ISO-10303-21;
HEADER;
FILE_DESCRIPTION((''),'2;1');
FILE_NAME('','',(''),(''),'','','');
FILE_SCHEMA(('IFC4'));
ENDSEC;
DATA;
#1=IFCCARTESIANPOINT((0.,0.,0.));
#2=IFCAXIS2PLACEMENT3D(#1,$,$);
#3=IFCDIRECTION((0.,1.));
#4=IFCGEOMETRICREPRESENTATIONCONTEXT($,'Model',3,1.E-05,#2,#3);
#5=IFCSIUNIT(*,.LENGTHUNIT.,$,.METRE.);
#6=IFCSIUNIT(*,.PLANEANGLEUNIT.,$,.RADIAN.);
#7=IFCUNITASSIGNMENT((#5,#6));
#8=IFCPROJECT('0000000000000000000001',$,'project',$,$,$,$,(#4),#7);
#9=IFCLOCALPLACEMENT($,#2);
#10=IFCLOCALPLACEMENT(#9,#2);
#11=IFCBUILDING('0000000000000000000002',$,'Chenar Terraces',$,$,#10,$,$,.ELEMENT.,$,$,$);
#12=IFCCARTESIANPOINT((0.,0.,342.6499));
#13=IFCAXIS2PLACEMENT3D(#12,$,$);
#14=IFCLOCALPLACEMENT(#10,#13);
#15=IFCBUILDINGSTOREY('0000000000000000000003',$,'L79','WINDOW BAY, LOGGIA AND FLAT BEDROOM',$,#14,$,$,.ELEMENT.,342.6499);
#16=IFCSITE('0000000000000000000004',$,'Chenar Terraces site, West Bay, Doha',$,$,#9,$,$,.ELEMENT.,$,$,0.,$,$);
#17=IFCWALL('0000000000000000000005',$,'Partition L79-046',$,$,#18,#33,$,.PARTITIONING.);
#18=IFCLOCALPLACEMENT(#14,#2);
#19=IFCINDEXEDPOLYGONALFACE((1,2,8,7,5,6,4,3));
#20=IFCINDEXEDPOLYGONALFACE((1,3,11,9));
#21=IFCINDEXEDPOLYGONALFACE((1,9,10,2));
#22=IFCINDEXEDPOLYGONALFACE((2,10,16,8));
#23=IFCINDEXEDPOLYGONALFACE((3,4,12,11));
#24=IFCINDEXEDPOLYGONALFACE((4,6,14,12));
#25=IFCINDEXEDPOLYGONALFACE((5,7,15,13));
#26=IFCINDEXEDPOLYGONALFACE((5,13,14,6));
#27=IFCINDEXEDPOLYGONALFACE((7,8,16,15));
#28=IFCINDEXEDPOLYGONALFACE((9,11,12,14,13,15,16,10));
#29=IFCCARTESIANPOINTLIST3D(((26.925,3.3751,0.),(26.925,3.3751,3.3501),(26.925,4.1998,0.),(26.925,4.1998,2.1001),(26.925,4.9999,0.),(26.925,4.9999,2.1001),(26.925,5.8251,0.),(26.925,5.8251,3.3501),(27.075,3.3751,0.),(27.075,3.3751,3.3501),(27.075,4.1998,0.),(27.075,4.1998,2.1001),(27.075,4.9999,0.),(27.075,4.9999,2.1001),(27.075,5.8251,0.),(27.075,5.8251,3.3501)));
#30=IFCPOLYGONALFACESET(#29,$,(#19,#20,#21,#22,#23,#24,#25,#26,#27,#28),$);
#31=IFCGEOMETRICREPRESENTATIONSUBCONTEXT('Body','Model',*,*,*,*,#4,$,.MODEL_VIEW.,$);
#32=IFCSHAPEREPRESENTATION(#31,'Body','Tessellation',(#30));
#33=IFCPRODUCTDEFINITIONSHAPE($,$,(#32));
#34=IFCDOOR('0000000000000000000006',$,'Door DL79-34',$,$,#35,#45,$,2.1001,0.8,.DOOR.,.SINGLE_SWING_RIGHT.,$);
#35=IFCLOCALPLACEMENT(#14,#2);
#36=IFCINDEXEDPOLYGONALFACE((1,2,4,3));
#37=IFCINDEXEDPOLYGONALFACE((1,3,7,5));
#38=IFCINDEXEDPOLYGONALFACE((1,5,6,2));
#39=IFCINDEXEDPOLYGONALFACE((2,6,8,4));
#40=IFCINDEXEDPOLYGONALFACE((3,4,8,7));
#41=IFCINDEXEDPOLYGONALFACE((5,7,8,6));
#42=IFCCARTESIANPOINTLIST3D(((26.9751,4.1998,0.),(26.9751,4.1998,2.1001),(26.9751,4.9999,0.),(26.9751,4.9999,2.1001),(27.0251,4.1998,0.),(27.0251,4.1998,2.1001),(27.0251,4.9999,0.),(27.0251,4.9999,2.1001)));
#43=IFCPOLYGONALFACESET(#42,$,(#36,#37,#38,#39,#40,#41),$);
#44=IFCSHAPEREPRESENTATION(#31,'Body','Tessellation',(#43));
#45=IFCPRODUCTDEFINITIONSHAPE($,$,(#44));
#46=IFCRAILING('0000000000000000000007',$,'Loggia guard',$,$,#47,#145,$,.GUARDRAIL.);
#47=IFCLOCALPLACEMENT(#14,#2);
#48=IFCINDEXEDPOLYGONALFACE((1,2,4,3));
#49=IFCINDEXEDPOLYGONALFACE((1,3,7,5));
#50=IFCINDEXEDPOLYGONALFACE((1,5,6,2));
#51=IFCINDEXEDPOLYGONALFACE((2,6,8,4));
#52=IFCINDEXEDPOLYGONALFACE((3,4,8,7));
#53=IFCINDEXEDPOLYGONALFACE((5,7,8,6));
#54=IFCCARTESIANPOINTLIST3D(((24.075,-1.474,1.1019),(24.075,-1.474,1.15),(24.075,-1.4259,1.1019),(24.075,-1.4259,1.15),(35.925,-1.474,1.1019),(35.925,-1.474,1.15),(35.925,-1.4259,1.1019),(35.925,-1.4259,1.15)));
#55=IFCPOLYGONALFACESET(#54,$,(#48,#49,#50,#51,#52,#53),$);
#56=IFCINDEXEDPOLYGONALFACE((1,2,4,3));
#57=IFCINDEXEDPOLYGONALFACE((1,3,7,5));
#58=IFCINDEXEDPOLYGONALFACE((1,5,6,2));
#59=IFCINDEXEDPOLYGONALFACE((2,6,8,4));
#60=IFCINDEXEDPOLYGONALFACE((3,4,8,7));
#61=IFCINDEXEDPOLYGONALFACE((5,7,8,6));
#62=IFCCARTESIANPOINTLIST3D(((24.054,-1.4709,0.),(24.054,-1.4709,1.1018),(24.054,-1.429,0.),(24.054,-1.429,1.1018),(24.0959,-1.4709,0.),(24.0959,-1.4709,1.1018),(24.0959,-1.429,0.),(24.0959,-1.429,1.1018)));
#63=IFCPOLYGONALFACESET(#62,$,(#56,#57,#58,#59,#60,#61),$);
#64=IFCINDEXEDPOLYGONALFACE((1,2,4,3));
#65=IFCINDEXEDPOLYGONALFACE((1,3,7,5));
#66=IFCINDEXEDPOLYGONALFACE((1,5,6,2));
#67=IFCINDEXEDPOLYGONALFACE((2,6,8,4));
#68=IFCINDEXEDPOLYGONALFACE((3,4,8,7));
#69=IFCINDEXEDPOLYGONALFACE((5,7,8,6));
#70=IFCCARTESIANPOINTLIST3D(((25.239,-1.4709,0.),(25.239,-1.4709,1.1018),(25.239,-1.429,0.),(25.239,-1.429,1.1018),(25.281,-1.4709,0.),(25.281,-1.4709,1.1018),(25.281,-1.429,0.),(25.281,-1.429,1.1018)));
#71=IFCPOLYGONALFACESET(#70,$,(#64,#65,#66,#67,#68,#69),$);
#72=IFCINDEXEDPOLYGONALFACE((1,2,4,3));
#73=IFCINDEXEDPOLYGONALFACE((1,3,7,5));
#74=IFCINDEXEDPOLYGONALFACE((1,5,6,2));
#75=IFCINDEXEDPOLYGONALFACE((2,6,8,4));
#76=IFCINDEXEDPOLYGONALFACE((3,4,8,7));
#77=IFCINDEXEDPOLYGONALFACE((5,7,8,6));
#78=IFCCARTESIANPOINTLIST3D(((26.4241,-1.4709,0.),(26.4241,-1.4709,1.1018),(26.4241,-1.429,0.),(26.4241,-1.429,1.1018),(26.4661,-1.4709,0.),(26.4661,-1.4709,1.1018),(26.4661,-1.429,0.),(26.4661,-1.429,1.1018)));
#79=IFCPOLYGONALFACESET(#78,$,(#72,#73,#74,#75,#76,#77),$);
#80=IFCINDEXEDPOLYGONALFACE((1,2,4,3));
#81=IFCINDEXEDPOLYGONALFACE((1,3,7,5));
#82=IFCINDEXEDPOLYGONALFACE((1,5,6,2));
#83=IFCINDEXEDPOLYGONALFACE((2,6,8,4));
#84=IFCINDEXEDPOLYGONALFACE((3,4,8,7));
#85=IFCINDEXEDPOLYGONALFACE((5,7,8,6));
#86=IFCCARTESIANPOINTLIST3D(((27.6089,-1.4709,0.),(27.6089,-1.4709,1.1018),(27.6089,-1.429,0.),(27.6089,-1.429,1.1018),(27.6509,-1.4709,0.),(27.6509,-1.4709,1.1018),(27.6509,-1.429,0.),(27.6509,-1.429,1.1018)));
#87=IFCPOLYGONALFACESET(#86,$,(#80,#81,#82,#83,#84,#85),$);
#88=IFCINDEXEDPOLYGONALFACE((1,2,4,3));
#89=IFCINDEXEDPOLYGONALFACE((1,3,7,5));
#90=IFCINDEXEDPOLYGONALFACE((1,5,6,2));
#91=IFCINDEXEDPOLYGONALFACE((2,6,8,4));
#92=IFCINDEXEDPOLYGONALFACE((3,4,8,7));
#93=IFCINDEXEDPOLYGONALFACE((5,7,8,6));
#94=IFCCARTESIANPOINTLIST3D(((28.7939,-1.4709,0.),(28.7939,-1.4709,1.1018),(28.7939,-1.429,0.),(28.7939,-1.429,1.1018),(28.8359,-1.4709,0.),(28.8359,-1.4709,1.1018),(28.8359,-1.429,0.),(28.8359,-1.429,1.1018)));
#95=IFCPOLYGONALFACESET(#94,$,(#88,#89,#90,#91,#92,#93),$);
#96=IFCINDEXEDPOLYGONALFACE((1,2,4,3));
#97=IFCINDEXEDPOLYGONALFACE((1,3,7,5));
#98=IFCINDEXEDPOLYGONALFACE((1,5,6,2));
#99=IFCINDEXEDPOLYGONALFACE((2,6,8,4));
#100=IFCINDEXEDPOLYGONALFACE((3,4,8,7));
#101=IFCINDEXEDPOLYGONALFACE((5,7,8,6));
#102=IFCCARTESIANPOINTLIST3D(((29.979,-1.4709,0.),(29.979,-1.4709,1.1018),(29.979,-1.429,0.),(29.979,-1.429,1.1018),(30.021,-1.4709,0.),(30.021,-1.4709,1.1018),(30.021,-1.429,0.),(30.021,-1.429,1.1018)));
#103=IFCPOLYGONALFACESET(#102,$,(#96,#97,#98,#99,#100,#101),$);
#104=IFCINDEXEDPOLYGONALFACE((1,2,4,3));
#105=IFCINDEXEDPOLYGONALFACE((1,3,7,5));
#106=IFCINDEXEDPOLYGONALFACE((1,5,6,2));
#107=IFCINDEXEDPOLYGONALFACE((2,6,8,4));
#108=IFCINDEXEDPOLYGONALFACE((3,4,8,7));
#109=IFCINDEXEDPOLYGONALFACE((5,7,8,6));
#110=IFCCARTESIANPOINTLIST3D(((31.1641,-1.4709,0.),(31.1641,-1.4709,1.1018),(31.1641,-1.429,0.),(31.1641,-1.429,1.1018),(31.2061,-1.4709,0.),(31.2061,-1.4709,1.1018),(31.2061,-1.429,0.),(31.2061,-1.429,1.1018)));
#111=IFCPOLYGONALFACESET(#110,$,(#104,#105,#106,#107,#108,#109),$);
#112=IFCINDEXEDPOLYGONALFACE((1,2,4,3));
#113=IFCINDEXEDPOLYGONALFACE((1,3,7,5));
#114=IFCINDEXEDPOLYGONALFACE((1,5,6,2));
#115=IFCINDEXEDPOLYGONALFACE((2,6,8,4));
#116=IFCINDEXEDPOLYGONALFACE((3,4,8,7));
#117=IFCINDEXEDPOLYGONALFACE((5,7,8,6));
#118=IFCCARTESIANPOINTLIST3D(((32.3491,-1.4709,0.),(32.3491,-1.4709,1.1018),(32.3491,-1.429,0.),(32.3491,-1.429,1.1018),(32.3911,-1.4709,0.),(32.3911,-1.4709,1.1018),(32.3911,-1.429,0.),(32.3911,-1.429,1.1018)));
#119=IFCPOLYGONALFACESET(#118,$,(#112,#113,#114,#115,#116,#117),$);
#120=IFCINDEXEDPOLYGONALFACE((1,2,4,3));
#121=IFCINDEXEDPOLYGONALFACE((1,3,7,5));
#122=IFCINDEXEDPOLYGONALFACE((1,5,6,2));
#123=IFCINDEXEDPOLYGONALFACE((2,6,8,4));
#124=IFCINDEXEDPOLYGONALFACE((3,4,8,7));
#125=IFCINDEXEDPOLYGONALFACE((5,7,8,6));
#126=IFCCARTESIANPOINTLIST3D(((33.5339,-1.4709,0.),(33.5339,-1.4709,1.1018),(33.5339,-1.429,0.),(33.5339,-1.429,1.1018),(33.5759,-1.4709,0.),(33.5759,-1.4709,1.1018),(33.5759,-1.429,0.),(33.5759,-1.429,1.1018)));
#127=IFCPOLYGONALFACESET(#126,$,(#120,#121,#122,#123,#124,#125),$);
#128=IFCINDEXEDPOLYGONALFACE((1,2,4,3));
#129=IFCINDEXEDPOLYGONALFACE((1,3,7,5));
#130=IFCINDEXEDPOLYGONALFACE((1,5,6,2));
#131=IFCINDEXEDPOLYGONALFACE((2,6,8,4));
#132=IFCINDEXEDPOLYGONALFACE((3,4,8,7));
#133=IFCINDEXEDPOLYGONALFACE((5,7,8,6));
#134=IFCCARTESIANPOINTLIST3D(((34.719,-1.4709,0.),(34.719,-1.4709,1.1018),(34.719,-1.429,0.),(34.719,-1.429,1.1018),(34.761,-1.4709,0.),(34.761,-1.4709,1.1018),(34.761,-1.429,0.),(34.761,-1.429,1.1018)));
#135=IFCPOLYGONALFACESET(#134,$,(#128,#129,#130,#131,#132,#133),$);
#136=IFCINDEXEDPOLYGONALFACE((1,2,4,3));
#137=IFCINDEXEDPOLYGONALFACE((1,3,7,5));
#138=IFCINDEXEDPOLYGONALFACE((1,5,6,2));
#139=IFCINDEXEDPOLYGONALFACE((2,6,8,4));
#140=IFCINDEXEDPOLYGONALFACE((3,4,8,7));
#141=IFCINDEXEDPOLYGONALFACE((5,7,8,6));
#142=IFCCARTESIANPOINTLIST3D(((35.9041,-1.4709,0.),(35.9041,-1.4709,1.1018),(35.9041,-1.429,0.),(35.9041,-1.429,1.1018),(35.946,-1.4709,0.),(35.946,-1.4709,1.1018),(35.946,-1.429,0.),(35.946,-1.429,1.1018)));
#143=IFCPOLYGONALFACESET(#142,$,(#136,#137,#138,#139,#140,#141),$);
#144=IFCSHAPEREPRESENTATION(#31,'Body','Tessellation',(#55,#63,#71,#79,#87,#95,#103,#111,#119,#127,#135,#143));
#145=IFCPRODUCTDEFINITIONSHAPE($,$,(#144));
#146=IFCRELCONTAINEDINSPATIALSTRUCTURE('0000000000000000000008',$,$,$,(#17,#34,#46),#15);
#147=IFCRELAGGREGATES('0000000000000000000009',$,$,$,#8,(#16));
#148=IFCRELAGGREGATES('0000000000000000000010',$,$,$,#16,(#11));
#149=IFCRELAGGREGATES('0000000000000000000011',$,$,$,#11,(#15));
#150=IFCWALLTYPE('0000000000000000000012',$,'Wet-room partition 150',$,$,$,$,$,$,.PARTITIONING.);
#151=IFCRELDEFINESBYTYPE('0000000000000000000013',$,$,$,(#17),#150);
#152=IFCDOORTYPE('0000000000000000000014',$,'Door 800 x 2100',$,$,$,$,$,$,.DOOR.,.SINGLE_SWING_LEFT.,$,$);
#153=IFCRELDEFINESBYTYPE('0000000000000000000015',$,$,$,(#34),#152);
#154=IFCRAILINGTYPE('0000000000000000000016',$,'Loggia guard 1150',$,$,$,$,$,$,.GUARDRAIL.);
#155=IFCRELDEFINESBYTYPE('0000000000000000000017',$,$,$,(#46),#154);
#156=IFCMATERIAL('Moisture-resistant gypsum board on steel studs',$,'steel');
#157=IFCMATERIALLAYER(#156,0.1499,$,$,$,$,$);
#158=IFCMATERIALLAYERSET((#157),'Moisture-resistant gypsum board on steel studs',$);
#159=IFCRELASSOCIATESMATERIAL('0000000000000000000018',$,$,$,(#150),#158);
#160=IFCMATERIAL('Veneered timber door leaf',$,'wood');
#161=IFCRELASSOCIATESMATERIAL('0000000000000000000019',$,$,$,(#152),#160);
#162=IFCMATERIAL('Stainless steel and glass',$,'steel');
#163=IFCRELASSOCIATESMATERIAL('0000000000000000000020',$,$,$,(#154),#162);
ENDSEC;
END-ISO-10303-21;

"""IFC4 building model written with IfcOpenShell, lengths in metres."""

from ifc_helpers import new_model, si_unit, direction, frame, frame_2d, origin, origin_2d, place, context, subcontext, project, spatial, rectangle, extrude, material, layer, layer_set, type_object, element, fill, save


model = new_model("IFC4")

# Units and contexts
model_context = context("Model", 3, precision=1e-05, world=origin(), true_north=direction((0.0, 1.0)))
body_context = subcontext(model_context, "Body", "Model", "MODEL_VIEW")
ifc_project = project(units=[si_unit("LENGTHUNIT", "METRE"), si_unit("PLANEANGLEUNIT", "RADIAN")], contexts=[model_context])

# Site, building, storey
site_placement = place(None, origin())
site = spatial("IfcSite", under=ifc_project, at=site_placement, Name="Chenar Terraces site, West Bay, Doha", CompositionType="ELEMENT", RefElevation=0.0)
building_placement = place(site_placement, origin())
building = spatial("IfcBuilding", under=site, at=building_placement, Name="Chenar Terraces", CompositionType="ELEMENT")
storey_placement = place(building_placement, frame((0.0, 0.0, 342.6499)))
storey = spatial("IfcBuildingStorey", under=building, at=storey_placement, Name="L79", Description="WINDOW BAY, LOGGIA AND FLAT BEDROOM", CompositionType="ELEMENT", Elevation=342.6499)

# Shared definitions
ifc_material_1 = material(Name="Moisture-resistant gypsum board on steel studs", Category="steel")
ifc_layer_1 = layer(ifc_material_1, 0.1499)
ifc_layer_set_1 = layer_set([ifc_layer_1], Name="Moisture-resistant gypsum board on steel studs")
wall_type_1 = type_object("IfcWallType", Name="Wet-room partition 150", PredefinedType="PARTITIONING", material=ifc_layer_set_1)

# Wall, opening, door
wall_1_placement = place(storey_placement, frame((27.0, 3.375, 0.0), z_axis=(0.0, 0.0, 1.0), x_axis=(0.0, 1.0, 0.0)))
wall_1 = element("IfcWall", 1, at=wall_1_placement, inside=storey, type_object=wall_type_1, Name="Partition L79-046", PredefinedType="PARTITIONING", context=body_context, shape_type="SweptSolid", body=[
    extrude(rectangle(XDim=2.45, YDim=0.1499, at=frame_2d((1.2251, 0.0))), origin(), (0.0, 0.0, 1.0), 3.3501),
])
opening_1_placement = place(wall_1_placement, frame((0.825, 0.0, 0.0)))
opening_1 = element("IfcOpeningElement", 2, at=opening_1_placement, cuts=wall_1, PredefinedType="OPENING", context=body_context, shape_type="SweptSolid", body=[
    extrude(rectangle(XDim=0.8, YDim=2.1001, at=frame_2d((0.3999, 1.05))), frame((0.0, 0.085, 0.0), z_axis=(0.0, -1.0, 0.0), x_axis=(1.0, 0.0, 0.0)), (0.0, 0.0, 1.0), 0.1699),
])
ifc_material_2 = material(Name="Veneered timber door leaf", Category="wood")
door_type_1 = type_object("IfcDoorType", Name="Door 800 x 2100", OperationType="SINGLE_SWING_LEFT", PredefinedType="DOOR", material=ifc_material_2)
door_1_placement = place(opening_1_placement, origin())
door_1 = element("IfcDoor", 3, at=door_1_placement, inside=storey, type_object=door_type_1, Name="Door DL79-34", OperationType="SINGLE_SWING_RIGHT", OverallHeight=2.1001, OverallWidth=0.8, PredefinedType="DOOR", context=body_context, shape_type="SweptSolid", body=[
    extrude(rectangle(XDim=0.8, YDim=2.1001, at=frame_2d((0.3999, 1.05))), frame((0.0, 0.0249, 0.0), z_axis=(0.0, -1.0, 0.0), x_axis=(1.0, 0.0, 0.0)), (0.0, 0.0, 1.0), 0.05),
])
fill(opening_1, door_1)

# Railing
ifc_material_3 = material(Name="Stainless steel and glass", Category="steel")
railing_type = type_object("IfcRailingType", Name="Loggia guard 1150", PredefinedType="GUARDRAIL", material=ifc_material_3)
railing_placement = place(storey_placement, frame((24.075, -1.45, 0.0)))
element("IfcRailing", 4, at=railing_placement, inside=storey, type_object=railing_type, Name="Loggia guard", PredefinedType="GUARDRAIL", context=body_context, shape_type="SweptSolid", body=[
    extrude(rectangle(XDim=0.0481, YDim=0.0481, at=origin_2d()), frame((0.0, 0.0, 1.126), z_axis=(1.0, 0.0, 0.0), x_axis=(0.0, 1.0, 0.0)), (0.0, 0.0, 1.0), 11.8501),
    extrude(rectangle(XDim=0.042, YDim=0.042, at=origin_2d()), origin(), (0.0, 0.0, 1.0), 1.1018),
    extrude(rectangle(XDim=0.042, YDim=0.042, at=origin_2d()), frame((1.1851, 0.0, 0.0)), (0.0, 0.0, 1.0), 1.1018),
    extrude(rectangle(XDim=0.042, YDim=0.042, at=origin_2d()), frame((2.3701, 0.0, 0.0)), (0.0, 0.0, 1.0), 1.1018),
    extrude(rectangle(XDim=0.042, YDim=0.042, at=origin_2d()), frame((3.5549, 0.0, 0.0)), (0.0, 0.0, 1.0), 1.1018),
    extrude(rectangle(XDim=0.042, YDim=0.042, at=origin_2d()), frame((4.74, 0.0, 0.0)), (0.0, 0.0, 1.0), 1.1018),
    extrude(rectangle(XDim=0.042, YDim=0.042, at=origin_2d()), frame((5.925, 0.0, 0.0)), (0.0, 0.0, 1.0), 1.1018),
    extrude(rectangle(XDim=0.042, YDim=0.042, at=origin_2d()), frame((7.1101, 0.0, 0.0)), (0.0, 0.0, 1.0), 1.1018),
    extrude(rectangle(XDim=0.042, YDim=0.042, at=origin_2d()), frame((8.2952, 0.0, 0.0)), (0.0, 0.0, 1.0), 1.1018),
    extrude(rectangle(XDim=0.042, YDim=0.042, at=origin_2d()), frame((9.48, 0.0, 0.0)), (0.0, 0.0, 1.0), 1.1018),
    extrude(rectangle(XDim=0.042, YDim=0.042, at=origin_2d()), frame((10.665, 0.0, 0.0)), (0.0, 0.0, 1.0), 1.1018),
    extrude(rectangle(XDim=0.042, YDim=0.042, at=origin_2d()), frame((11.8501, 0.0, 0.0)), (0.0, 0.0, 1.0), 1.1018),
])

save(model, "model.ifc")
